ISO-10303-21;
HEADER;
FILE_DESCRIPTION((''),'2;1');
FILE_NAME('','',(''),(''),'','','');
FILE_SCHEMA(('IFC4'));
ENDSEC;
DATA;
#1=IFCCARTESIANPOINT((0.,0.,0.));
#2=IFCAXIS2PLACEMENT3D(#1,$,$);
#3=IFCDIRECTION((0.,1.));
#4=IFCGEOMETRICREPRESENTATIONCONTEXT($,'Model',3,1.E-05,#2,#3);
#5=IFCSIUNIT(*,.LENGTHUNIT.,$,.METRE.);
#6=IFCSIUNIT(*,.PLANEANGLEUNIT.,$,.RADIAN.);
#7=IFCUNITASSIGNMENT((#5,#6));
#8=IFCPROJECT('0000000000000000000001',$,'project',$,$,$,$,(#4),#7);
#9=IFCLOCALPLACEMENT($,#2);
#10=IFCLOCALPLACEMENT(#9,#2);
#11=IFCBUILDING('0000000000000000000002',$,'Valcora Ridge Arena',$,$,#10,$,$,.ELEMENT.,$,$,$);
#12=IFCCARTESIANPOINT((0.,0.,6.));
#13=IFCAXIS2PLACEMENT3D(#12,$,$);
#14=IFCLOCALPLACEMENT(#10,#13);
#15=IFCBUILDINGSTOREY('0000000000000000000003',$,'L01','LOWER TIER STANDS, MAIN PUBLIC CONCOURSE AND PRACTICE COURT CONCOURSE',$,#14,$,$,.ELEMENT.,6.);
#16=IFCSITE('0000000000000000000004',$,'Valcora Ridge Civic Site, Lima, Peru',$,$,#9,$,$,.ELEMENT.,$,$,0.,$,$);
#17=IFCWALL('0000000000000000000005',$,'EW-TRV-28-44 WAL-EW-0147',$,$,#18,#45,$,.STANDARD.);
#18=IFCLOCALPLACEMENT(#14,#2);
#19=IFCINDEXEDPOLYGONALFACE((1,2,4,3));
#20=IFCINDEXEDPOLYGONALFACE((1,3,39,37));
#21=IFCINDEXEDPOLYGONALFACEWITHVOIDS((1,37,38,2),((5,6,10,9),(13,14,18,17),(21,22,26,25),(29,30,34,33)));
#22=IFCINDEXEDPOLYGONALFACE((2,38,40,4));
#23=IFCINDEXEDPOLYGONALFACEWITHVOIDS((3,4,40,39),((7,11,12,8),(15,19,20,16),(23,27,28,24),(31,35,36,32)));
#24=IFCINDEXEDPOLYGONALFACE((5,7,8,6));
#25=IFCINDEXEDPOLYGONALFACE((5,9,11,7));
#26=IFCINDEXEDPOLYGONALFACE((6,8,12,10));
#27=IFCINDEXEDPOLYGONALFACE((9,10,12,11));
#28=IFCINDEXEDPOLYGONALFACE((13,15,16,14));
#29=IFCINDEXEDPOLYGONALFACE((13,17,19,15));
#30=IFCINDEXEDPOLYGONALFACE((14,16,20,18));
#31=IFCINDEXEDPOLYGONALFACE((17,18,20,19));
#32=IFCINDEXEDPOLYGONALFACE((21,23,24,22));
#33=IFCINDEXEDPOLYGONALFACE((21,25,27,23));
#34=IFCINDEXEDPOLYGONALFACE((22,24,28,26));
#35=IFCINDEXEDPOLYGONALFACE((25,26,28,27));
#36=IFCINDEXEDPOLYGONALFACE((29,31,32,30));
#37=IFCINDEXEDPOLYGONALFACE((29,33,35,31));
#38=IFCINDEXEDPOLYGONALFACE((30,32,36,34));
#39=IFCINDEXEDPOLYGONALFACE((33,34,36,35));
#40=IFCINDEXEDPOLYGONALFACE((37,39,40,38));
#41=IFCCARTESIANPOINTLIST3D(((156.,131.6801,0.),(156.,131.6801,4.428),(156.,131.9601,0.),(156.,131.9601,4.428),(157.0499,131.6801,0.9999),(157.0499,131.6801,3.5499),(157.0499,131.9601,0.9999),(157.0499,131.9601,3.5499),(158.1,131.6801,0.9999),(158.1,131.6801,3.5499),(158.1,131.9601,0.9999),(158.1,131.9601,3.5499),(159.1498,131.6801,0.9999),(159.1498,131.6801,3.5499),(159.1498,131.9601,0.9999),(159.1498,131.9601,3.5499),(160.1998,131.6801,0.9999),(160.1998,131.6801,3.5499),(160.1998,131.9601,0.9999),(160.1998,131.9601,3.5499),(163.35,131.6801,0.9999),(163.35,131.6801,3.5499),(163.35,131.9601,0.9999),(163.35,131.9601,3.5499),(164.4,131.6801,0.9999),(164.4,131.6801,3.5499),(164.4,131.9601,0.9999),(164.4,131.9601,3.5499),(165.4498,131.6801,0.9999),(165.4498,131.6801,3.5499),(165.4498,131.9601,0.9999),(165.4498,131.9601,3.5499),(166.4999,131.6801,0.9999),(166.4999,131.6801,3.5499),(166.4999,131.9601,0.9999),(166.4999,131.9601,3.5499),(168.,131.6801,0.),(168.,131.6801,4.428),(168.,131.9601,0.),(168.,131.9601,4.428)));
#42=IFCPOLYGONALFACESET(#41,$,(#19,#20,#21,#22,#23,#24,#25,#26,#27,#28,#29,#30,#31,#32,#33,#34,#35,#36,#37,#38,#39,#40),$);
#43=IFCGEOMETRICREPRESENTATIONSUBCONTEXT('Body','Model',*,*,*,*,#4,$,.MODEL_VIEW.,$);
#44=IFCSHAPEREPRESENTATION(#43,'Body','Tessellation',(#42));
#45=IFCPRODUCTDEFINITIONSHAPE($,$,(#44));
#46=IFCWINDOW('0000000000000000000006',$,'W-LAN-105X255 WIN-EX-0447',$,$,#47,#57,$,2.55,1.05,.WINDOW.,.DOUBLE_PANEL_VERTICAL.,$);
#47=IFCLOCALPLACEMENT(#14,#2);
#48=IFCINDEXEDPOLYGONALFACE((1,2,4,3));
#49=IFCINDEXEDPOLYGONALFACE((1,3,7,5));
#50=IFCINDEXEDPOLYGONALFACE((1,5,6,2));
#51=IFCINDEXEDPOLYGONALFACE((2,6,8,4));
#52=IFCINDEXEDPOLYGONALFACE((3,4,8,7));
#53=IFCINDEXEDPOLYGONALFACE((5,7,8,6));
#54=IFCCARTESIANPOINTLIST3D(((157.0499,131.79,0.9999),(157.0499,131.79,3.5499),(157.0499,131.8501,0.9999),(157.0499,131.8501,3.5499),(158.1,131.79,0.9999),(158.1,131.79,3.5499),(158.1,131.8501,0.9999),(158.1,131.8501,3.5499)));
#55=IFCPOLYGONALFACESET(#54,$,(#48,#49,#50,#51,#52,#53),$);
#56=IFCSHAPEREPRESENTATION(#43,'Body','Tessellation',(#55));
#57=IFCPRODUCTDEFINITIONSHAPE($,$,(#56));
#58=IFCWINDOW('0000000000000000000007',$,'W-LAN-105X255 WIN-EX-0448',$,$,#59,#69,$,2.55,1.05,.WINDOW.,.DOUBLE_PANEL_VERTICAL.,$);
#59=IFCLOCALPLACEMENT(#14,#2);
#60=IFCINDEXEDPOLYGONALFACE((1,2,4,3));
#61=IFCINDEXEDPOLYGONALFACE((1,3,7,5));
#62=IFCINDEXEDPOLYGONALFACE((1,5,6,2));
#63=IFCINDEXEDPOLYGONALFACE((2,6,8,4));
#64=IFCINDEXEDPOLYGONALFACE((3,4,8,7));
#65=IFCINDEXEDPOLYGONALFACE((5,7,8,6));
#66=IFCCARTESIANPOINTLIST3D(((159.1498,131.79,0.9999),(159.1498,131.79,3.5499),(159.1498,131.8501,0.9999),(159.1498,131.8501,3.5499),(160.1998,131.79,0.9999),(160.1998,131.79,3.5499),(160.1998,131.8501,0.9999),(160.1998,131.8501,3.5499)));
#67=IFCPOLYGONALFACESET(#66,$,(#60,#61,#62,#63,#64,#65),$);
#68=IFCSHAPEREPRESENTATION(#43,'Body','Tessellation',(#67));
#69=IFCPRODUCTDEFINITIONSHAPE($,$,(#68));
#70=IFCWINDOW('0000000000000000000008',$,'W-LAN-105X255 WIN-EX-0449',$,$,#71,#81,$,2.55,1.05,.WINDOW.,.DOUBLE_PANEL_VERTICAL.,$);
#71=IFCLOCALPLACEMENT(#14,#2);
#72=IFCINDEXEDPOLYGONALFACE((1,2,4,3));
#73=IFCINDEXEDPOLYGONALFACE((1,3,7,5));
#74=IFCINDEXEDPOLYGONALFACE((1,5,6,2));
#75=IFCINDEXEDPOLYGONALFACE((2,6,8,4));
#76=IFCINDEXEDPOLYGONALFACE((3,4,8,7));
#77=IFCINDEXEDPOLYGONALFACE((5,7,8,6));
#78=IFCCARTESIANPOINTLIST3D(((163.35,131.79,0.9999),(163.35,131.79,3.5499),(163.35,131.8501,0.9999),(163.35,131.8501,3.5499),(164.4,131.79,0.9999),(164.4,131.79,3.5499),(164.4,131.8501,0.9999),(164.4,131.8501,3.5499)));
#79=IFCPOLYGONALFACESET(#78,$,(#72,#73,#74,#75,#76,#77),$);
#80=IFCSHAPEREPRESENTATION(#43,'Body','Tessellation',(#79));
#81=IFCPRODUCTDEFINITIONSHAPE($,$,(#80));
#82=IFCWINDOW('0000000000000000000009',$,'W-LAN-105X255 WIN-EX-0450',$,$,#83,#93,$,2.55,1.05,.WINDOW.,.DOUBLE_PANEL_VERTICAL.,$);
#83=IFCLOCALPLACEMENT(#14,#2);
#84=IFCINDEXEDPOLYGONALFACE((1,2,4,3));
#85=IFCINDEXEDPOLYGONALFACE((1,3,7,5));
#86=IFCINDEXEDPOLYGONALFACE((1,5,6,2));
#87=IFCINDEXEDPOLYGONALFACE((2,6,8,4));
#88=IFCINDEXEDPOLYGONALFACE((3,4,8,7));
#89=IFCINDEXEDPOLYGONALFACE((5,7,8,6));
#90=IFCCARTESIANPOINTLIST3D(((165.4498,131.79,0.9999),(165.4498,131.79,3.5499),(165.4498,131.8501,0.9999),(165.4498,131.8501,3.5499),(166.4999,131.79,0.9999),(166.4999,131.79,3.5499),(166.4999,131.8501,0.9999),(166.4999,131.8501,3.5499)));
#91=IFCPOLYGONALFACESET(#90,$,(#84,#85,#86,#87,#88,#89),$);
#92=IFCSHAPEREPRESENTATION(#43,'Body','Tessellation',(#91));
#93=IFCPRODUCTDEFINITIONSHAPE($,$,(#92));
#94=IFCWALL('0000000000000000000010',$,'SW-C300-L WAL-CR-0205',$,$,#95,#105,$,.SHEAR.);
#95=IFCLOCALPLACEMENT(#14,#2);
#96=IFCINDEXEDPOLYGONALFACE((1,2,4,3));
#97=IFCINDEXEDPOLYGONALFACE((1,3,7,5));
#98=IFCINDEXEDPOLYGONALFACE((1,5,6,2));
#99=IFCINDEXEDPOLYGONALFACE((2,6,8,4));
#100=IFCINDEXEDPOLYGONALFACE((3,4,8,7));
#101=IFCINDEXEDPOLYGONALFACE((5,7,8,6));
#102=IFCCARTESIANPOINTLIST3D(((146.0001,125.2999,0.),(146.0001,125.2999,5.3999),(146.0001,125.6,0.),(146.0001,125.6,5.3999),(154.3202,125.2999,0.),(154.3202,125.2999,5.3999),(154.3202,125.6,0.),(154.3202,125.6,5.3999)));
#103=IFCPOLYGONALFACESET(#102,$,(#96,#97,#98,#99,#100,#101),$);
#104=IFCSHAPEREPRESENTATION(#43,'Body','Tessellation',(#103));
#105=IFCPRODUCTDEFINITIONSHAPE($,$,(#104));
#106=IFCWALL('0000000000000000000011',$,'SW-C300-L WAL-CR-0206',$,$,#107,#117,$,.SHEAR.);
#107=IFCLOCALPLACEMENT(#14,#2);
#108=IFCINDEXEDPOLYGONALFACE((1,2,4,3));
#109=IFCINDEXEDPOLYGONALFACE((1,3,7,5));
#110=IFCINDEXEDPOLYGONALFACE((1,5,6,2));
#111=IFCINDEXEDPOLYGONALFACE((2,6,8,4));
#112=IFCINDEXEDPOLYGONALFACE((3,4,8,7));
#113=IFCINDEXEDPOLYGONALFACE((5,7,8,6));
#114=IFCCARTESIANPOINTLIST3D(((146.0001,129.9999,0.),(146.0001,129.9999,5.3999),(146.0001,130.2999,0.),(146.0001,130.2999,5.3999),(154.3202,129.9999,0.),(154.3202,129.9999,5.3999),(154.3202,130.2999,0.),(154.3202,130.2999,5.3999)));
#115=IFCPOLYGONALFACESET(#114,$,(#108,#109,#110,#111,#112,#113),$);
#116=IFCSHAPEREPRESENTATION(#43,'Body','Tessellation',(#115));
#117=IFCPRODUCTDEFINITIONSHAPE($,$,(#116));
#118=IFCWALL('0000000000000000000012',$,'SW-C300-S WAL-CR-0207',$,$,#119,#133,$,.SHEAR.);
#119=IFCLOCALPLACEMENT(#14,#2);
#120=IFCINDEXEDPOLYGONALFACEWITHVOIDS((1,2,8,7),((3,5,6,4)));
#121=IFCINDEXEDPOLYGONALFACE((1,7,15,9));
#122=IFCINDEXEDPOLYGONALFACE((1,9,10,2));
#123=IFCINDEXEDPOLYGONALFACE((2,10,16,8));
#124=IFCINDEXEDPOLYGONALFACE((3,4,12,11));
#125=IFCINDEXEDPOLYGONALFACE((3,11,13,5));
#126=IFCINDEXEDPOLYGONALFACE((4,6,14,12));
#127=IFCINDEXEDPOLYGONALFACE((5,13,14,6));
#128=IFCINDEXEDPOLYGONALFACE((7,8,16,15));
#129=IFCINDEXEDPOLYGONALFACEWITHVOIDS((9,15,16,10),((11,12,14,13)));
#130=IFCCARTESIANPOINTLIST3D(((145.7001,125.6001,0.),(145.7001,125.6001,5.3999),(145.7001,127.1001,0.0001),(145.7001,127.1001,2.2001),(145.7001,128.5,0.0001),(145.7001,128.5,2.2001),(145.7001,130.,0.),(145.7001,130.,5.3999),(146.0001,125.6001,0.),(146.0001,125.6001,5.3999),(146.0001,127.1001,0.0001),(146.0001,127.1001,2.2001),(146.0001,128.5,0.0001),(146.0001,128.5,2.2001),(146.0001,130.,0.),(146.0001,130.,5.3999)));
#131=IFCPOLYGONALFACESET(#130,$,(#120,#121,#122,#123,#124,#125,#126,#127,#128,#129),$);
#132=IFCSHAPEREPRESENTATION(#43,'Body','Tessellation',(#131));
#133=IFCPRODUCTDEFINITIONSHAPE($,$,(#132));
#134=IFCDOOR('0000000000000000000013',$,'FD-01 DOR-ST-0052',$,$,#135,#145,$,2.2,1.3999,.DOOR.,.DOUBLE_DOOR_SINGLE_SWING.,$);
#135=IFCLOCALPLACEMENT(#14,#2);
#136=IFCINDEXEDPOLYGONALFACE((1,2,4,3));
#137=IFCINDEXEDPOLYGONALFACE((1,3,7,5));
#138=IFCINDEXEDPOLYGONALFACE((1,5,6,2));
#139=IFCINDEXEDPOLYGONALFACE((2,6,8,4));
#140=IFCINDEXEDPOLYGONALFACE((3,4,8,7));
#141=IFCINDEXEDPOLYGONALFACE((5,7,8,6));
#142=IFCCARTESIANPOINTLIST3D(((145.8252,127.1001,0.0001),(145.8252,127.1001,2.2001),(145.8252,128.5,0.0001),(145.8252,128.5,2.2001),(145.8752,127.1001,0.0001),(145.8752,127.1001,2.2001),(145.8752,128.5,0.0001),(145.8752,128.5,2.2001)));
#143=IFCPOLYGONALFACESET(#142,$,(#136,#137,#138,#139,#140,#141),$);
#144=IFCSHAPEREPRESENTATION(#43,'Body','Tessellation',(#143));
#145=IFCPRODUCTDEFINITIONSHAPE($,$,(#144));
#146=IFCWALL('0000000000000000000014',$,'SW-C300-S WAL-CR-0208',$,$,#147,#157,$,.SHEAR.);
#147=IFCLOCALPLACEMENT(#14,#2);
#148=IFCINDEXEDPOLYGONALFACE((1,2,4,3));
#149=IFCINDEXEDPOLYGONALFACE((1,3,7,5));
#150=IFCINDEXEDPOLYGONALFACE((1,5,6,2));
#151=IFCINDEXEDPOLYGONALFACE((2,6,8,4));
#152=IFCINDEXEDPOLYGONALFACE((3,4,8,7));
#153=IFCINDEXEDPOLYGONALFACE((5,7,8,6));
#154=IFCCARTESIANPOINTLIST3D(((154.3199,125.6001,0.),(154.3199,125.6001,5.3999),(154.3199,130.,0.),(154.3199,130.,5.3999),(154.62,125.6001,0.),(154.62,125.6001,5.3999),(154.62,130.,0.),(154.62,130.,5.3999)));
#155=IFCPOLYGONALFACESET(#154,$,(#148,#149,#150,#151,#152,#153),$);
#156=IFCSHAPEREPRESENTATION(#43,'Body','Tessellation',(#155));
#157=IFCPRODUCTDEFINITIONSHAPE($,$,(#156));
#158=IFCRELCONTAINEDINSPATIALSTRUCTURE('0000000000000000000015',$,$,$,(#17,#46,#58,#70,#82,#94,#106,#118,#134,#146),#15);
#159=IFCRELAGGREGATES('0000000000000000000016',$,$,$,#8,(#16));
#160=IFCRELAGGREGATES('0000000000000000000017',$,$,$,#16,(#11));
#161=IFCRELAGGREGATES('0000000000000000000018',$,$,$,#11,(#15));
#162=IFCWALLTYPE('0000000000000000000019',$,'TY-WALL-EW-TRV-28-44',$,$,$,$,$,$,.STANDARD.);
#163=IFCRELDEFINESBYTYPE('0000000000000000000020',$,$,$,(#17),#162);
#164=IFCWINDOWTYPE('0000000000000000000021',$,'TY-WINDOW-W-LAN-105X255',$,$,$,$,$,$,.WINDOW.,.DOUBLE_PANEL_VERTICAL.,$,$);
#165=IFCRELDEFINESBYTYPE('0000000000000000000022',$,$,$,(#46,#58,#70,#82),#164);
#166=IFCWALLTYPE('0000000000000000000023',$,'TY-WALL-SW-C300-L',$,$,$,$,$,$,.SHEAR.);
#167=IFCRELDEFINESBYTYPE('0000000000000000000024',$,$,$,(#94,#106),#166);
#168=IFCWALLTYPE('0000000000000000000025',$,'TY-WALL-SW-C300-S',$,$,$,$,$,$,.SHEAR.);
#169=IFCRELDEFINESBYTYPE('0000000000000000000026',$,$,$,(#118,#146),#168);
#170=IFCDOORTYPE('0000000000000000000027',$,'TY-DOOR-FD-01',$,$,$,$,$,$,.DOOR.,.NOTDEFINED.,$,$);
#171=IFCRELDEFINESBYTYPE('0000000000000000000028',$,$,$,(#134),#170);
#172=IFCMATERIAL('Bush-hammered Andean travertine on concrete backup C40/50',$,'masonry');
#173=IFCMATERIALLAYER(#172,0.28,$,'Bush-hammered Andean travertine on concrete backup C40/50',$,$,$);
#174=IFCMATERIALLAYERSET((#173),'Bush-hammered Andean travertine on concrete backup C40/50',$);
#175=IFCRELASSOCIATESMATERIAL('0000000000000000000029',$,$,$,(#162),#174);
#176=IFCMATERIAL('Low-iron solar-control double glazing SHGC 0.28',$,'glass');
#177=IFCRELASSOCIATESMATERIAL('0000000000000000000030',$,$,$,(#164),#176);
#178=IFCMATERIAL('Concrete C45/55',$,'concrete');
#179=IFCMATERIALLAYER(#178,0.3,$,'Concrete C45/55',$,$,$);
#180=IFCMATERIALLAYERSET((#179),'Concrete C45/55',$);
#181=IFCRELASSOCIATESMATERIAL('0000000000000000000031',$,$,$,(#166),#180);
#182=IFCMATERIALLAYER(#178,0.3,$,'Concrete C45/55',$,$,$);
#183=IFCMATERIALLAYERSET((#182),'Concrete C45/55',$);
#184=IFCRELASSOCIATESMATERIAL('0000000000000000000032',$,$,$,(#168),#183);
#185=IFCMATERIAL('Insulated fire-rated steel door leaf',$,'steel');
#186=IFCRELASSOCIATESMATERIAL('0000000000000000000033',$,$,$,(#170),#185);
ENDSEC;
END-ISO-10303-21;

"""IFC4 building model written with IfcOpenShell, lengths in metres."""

from ifc_helpers import new_model, si_unit, direction, frame, frame_2d, origin, place, context, subcontext, project, spatial, rectangle, extrude, material, layer, layer_set, type_object, element, fill, save


model = new_model("IFC4")

# Units and contexts
model_context = context("Model", 3, precision=1e-05, world=origin(), true_north=direction((0.0, 1.0)))
body_context = subcontext(model_context, "Body", "Model", "MODEL_VIEW")
ifc_project = project(units=[si_unit("LENGTHUNIT", "METRE"), si_unit("PLANEANGLEUNIT", "RADIAN")], contexts=[model_context])

# Site, building, storey
site_placement = place(None, origin())
site = spatial("IfcSite", under=ifc_project, at=site_placement, Name="Valcora Ridge Civic Site, Lima, Peru", CompositionType="ELEMENT", RefElevation=0.0)
building_placement = place(site_placement, origin())
building = spatial("IfcBuilding", under=site, at=building_placement, Name="Valcora Ridge Arena", CompositionType="ELEMENT")
storey_placement = place(building_placement, frame((0.0, 0.0, 6.0)))
storey = spatial("IfcBuildingStorey", under=building, at=storey_placement, Name="L01", Description="LOWER TIER STANDS, MAIN PUBLIC CONCOURSE AND PRACTICE COURT CONCOURSE", CompositionType="ELEMENT", Elevation=6.0)

# Wall, openings, windows
ifc_material_1 = material(Name="Bush-hammered Andean travertine on concrete backup C40/50", Category="masonry")
ifc_layer_1 = layer(ifc_material_1, 0.28, Name="Bush-hammered Andean travertine on concrete backup C40/50")
ifc_layer_set_1 = layer_set([ifc_layer_1], Name="Bush-hammered Andean travertine on concrete backup C40/50")
wall_type_1 = type_object("IfcWallType", Name="TY-WALL-EW-TRV-28-44", PredefinedType="STANDARD", material=ifc_layer_set_1)
ifc_material_2 = material(Name="Low-iron solar-control double glazing SHGC 0.28", Category="glass")
window_type = type_object("IfcWindowType", Name="TY-WINDOW-W-LAN-105X255", PartitioningType="DOUBLE_PANEL_VERTICAL", PredefinedType="WINDOW", material=ifc_material_2)
wall_1_placement = place(storey_placement, frame((156.0, 131.8201, 0.0), z_axis=(0.0, 0.0, 1.0), x_axis=(1.0, 0.0, 0.0)))
wall_1 = element("IfcWall", 1, at=wall_1_placement, inside=storey, type_object=wall_type_1, Name="EW-TRV-28-44 WAL-EW-0147", PredefinedType="STANDARD", context=body_context, shape_type="SweptSolid", body=[
    extrude(rectangle(XDim=12.0, YDim=0.28, at=frame_2d((6.0, 0.0))), origin(), (0.0, 0.0, 1.0), 4.428),
])
opening_1_placement = place(wall_1_placement, frame((1.05, 0.0, 1.0)))
opening_1 = element("IfcOpeningElement", 2, at=opening_1_placement, cuts=wall_1, PredefinedType="OPENING", context=body_context, shape_type="SweptSolid", body=[
    extrude(rectangle(XDim=1.05, YDim=2.55, at=frame_2d((0.5249, 1.2749))), frame((0.0, 0.1499, 0.0), z_axis=(0.0, -1.0, 0.0), x_axis=(1.0, 0.0, 0.0)), (0.0, 0.0, 1.0), 0.3),
])
opening_2_placement = place(wall_1_placement, frame((3.1499, 0.0, 1.0)))
opening_2 = element("IfcOpeningElement", 3, at=opening_2_placement, cuts=wall_1, PredefinedType="OPENING", context=body_context, shape_type="SweptSolid", body=[
    extrude(rectangle(XDim=1.05, YDim=2.55, at=frame_2d((0.5249, 1.2749))), frame((0.0, 0.1499, 0.0), z_axis=(0.0, -1.0, 0.0), x_axis=(1.0, 0.0, 0.0)), (0.0, 0.0, 1.0), 0.3),
])
opening_3_placement = place(wall_1_placement, frame((7.3501, 0.0, 1.0)))
opening_3 = element("IfcOpeningElement", 4, at=opening_3_placement, cuts=wall_1, PredefinedType="OPENING", context=body_context, shape_type="SweptSolid", body=[
    extrude(rectangle(XDim=1.05, YDim=2.55, at=frame_2d((0.5249, 1.2749))), frame((0.0, 0.1499, 0.0), z_axis=(0.0, -1.0, 0.0), x_axis=(1.0, 0.0, 0.0)), (0.0, 0.0, 1.0), 0.3),
])
opening_4_placement = place(wall_1_placement, frame((9.45, 0.0, 1.0)))
opening_4 = element("IfcOpeningElement", 5, at=opening_4_placement, cuts=wall_1, PredefinedType="OPENING", context=body_context, shape_type="SweptSolid", body=[
    extrude(rectangle(XDim=1.05, YDim=2.55, at=frame_2d((0.5249, 1.2749))), frame((0.0, 0.1499, 0.0), z_axis=(0.0, -1.0, 0.0), x_axis=(1.0, 0.0, 0.0)), (0.0, 0.0, 1.0), 0.3),
])
window_1_placement = place(opening_1_placement, origin())
window_1 = element("IfcWindow", 6, at=window_1_placement, inside=storey, type_object=window_type, Name="W-LAN-105X255 WIN-EX-0447", OverallHeight=2.55, OverallWidth=1.05, PartitioningType="DOUBLE_PANEL_VERTICAL", PredefinedType="WINDOW", context=body_context, shape_type="SweptSolid", body=[
    extrude(rectangle(XDim=1.05, YDim=2.55, at=frame_2d((0.5249, 1.2749))), frame((0.0, 0.03, 0.0), z_axis=(0.0, -1.0, 0.0), x_axis=(1.0, 0.0, 0.0)), (0.0, 0.0, 1.0), 0.0601),
])
fill(opening_1, window_1)
window_2_placement = place(opening_2_placement, origin())
window_2 = element("IfcWindow", 7, at=window_2_placement, inside=storey, type_object=window_type, Name="W-LAN-105X255 WIN-EX-0448", OverallHeight=2.55, OverallWidth=1.05, PartitioningType="DOUBLE_PANEL_VERTICAL", PredefinedType="WINDOW", context=body_context, shape_type="SweptSolid", body=[
    extrude(rectangle(XDim=1.05, YDim=2.55, at=frame_2d((0.5249, 1.2749))), frame((0.0, 0.03, 0.0), z_axis=(0.0, -1.0, 0.0), x_axis=(1.0, 0.0, 0.0)), (0.0, 0.0, 1.0), 0.0601),
])
fill(opening_2, window_2)
window_3_placement = place(opening_3_placement, origin())
window_3 = element("IfcWindow", 8, at=window_3_placement, inside=storey, type_object=window_type, Name="W-LAN-105X255 WIN-EX-0449", OverallHeight=2.55, OverallWidth=1.05, PartitioningType="DOUBLE_PANEL_VERTICAL", PredefinedType="WINDOW", context=body_context, shape_type="SweptSolid", body=[
    extrude(rectangle(XDim=1.05, YDim=2.55, at=frame_2d((0.5249, 1.2749))), frame((0.0, 0.03, 0.0), z_axis=(0.0, -1.0, 0.0), x_axis=(1.0, 0.0, 0.0)), (0.0, 0.0, 1.0), 0.0601),
])
fill(opening_3, window_3)
window_4_placement = place(opening_4_placement, origin())
window_4 = element("IfcWindow", 9, at=window_4_placement, inside=storey, type_object=window_type, Name="W-LAN-105X255 WIN-EX-0450", OverallHeight=2.55, OverallWidth=1.05, PartitioningType="DOUBLE_PANEL_VERTICAL", PredefinedType="WINDOW", context=body_context, shape_type="SweptSolid", body=[
    extrude(rectangle(XDim=1.05, YDim=2.55, at=frame_2d((0.5249, 1.2749))), frame((0.0, 0.03, 0.0), z_axis=(0.0, -1.0, 0.0), x_axis=(1.0, 0.0, 0.0)), (0.0, 0.0, 1.0), 0.0601),
])
fill(opening_4, window_4)

# Walls
ifc_material_3 = material(Name="Concrete C45/55", Category="concrete")
ifc_layer_2 = layer(ifc_material_3, 0.3, Name="Concrete C45/55")
ifc_layer_set_2 = layer_set([ifc_layer_2], Name="Concrete C45/55")
wall_type_2 = type_object("IfcWallType", Name="TY-WALL-SW-C300-L", PredefinedType="SHEAR", material=ifc_layer_set_2)
for number, where, z_axis, x_axis, name in (
    (10, (146.0, 125.45, 0.0), (0.0, 0.0, 1.0), (1.0, 0.0, 0.0), "SW-C300-L WAL-CR-0205"),
    (11, (146.0, 130.1499, 0.0), (0.0, 0.0, 1.0), (1.0, 0.0, 0.0), "SW-C300-L WAL-CR-0206"),
):
    element("IfcWall", number, at=place(storey_placement, frame(where, z_axis=z_axis, x_axis=x_axis)), inside=storey, type_object=wall_type_2, Name=name, PredefinedType="SHEAR", context=body_context, shape_type="SweptSolid", body=[
        extrude(rectangle(XDim=8.3201, YDim=0.3, at=frame_2d((4.1602, 0.0))), origin(), (0.0, 0.0, 1.0), 5.3999),
    ])

# Wall, opening, door
ifc_layer_3 = layer(ifc_material_3, 0.3, Name="Concrete C45/55")
ifc_layer_set_3 = layer_set([ifc_layer_3], Name="Concrete C45/55")
wall_type_3 = type_object("IfcWallType", Name="TY-WALL-SW-C300-S", PredefinedType="SHEAR", material=ifc_layer_set_3)
wall_2_placement = place(storey_placement, frame((145.8501, 125.6001, 0.0), z_axis=(0.0, 0.0, 1.0), x_axis=(0.0, 1.0, 0.0)))
wall_2 = element("IfcWall", 12, at=wall_2_placement, inside=storey, type_object=wall_type_3, Name="SW-C300-S WAL-CR-0207", PredefinedType="SHEAR", context=body_context, shape_type="SweptSolid", body=[
    extrude(rectangle(XDim=4.3999, YDim=0.3, at=frame_2d((2.2, 0.0))), origin(), (0.0, 0.0, 1.0), 5.3999),
])
opening_5_placement = place(wall_2_placement, frame((1.5, 0.0, 0.0)))
opening_5 = element("IfcOpeningElement", 13, at=opening_5_placement, cuts=wall_2, PredefinedType="OPENING", context=body_context, shape_type="SweptSolid", body=[
    extrude(rectangle(XDim=1.3999, YDim=2.2, at=frame_2d((0.7, 1.1001))), frame((0.0, 0.1599, 0.0), z_axis=(0.0, -1.0, 0.0), x_axis=(1.0, 0.0, 0.0)), (0.0, 0.0, 1.0), 0.3201),
])
ifc_material_4 = material(Name="Insulated fire-rated steel door leaf", Category="steel")
door_type = type_object("IfcDoorType", Name="TY-DOOR-FD-01", OperationType="NOTDEFINED", PredefinedType="DOOR", material=ifc_material_4)
door_placement = place(opening_5_placement, origin())
door = element("IfcDoor", 14, at=door_placement, inside=storey, type_object=door_type, Name="FD-01 DOR-ST-0052", OperationType="DOUBLE_DOOR_SINGLE_SWING", OverallHeight=2.2, OverallWidth=1.3999, PredefinedType="DOOR", context=body_context, shape_type="SweptSolid", body=[
    extrude(rectangle(XDim=1.3999, YDim=2.2, at=frame_2d((0.7, 1.1001))), frame((0.0, 0.0249, 0.0), z_axis=(0.0, -1.0, 0.0), x_axis=(1.0, 0.0, 0.0)), (0.0, 0.0, 1.0), 0.05),
])
fill(opening_5, door)

# Wall
wall_3_placement = place(storey_placement, frame((154.47, 125.6001, 0.0), z_axis=(0.0, 0.0, 1.0), x_axis=(0.0, 1.0, 0.0)))
element("IfcWall", 15, at=wall_3_placement, inside=storey, type_object=wall_type_3, Name="SW-C300-S WAL-CR-0208", PredefinedType="SHEAR", context=body_context, shape_type="SweptSolid", body=[
    extrude(rectangle(XDim=4.3999, YDim=0.3, at=frame_2d((2.2, 0.0))), origin(), (0.0, 0.0, 1.0), 5.3999),
])

save(model, "model.ifc")
